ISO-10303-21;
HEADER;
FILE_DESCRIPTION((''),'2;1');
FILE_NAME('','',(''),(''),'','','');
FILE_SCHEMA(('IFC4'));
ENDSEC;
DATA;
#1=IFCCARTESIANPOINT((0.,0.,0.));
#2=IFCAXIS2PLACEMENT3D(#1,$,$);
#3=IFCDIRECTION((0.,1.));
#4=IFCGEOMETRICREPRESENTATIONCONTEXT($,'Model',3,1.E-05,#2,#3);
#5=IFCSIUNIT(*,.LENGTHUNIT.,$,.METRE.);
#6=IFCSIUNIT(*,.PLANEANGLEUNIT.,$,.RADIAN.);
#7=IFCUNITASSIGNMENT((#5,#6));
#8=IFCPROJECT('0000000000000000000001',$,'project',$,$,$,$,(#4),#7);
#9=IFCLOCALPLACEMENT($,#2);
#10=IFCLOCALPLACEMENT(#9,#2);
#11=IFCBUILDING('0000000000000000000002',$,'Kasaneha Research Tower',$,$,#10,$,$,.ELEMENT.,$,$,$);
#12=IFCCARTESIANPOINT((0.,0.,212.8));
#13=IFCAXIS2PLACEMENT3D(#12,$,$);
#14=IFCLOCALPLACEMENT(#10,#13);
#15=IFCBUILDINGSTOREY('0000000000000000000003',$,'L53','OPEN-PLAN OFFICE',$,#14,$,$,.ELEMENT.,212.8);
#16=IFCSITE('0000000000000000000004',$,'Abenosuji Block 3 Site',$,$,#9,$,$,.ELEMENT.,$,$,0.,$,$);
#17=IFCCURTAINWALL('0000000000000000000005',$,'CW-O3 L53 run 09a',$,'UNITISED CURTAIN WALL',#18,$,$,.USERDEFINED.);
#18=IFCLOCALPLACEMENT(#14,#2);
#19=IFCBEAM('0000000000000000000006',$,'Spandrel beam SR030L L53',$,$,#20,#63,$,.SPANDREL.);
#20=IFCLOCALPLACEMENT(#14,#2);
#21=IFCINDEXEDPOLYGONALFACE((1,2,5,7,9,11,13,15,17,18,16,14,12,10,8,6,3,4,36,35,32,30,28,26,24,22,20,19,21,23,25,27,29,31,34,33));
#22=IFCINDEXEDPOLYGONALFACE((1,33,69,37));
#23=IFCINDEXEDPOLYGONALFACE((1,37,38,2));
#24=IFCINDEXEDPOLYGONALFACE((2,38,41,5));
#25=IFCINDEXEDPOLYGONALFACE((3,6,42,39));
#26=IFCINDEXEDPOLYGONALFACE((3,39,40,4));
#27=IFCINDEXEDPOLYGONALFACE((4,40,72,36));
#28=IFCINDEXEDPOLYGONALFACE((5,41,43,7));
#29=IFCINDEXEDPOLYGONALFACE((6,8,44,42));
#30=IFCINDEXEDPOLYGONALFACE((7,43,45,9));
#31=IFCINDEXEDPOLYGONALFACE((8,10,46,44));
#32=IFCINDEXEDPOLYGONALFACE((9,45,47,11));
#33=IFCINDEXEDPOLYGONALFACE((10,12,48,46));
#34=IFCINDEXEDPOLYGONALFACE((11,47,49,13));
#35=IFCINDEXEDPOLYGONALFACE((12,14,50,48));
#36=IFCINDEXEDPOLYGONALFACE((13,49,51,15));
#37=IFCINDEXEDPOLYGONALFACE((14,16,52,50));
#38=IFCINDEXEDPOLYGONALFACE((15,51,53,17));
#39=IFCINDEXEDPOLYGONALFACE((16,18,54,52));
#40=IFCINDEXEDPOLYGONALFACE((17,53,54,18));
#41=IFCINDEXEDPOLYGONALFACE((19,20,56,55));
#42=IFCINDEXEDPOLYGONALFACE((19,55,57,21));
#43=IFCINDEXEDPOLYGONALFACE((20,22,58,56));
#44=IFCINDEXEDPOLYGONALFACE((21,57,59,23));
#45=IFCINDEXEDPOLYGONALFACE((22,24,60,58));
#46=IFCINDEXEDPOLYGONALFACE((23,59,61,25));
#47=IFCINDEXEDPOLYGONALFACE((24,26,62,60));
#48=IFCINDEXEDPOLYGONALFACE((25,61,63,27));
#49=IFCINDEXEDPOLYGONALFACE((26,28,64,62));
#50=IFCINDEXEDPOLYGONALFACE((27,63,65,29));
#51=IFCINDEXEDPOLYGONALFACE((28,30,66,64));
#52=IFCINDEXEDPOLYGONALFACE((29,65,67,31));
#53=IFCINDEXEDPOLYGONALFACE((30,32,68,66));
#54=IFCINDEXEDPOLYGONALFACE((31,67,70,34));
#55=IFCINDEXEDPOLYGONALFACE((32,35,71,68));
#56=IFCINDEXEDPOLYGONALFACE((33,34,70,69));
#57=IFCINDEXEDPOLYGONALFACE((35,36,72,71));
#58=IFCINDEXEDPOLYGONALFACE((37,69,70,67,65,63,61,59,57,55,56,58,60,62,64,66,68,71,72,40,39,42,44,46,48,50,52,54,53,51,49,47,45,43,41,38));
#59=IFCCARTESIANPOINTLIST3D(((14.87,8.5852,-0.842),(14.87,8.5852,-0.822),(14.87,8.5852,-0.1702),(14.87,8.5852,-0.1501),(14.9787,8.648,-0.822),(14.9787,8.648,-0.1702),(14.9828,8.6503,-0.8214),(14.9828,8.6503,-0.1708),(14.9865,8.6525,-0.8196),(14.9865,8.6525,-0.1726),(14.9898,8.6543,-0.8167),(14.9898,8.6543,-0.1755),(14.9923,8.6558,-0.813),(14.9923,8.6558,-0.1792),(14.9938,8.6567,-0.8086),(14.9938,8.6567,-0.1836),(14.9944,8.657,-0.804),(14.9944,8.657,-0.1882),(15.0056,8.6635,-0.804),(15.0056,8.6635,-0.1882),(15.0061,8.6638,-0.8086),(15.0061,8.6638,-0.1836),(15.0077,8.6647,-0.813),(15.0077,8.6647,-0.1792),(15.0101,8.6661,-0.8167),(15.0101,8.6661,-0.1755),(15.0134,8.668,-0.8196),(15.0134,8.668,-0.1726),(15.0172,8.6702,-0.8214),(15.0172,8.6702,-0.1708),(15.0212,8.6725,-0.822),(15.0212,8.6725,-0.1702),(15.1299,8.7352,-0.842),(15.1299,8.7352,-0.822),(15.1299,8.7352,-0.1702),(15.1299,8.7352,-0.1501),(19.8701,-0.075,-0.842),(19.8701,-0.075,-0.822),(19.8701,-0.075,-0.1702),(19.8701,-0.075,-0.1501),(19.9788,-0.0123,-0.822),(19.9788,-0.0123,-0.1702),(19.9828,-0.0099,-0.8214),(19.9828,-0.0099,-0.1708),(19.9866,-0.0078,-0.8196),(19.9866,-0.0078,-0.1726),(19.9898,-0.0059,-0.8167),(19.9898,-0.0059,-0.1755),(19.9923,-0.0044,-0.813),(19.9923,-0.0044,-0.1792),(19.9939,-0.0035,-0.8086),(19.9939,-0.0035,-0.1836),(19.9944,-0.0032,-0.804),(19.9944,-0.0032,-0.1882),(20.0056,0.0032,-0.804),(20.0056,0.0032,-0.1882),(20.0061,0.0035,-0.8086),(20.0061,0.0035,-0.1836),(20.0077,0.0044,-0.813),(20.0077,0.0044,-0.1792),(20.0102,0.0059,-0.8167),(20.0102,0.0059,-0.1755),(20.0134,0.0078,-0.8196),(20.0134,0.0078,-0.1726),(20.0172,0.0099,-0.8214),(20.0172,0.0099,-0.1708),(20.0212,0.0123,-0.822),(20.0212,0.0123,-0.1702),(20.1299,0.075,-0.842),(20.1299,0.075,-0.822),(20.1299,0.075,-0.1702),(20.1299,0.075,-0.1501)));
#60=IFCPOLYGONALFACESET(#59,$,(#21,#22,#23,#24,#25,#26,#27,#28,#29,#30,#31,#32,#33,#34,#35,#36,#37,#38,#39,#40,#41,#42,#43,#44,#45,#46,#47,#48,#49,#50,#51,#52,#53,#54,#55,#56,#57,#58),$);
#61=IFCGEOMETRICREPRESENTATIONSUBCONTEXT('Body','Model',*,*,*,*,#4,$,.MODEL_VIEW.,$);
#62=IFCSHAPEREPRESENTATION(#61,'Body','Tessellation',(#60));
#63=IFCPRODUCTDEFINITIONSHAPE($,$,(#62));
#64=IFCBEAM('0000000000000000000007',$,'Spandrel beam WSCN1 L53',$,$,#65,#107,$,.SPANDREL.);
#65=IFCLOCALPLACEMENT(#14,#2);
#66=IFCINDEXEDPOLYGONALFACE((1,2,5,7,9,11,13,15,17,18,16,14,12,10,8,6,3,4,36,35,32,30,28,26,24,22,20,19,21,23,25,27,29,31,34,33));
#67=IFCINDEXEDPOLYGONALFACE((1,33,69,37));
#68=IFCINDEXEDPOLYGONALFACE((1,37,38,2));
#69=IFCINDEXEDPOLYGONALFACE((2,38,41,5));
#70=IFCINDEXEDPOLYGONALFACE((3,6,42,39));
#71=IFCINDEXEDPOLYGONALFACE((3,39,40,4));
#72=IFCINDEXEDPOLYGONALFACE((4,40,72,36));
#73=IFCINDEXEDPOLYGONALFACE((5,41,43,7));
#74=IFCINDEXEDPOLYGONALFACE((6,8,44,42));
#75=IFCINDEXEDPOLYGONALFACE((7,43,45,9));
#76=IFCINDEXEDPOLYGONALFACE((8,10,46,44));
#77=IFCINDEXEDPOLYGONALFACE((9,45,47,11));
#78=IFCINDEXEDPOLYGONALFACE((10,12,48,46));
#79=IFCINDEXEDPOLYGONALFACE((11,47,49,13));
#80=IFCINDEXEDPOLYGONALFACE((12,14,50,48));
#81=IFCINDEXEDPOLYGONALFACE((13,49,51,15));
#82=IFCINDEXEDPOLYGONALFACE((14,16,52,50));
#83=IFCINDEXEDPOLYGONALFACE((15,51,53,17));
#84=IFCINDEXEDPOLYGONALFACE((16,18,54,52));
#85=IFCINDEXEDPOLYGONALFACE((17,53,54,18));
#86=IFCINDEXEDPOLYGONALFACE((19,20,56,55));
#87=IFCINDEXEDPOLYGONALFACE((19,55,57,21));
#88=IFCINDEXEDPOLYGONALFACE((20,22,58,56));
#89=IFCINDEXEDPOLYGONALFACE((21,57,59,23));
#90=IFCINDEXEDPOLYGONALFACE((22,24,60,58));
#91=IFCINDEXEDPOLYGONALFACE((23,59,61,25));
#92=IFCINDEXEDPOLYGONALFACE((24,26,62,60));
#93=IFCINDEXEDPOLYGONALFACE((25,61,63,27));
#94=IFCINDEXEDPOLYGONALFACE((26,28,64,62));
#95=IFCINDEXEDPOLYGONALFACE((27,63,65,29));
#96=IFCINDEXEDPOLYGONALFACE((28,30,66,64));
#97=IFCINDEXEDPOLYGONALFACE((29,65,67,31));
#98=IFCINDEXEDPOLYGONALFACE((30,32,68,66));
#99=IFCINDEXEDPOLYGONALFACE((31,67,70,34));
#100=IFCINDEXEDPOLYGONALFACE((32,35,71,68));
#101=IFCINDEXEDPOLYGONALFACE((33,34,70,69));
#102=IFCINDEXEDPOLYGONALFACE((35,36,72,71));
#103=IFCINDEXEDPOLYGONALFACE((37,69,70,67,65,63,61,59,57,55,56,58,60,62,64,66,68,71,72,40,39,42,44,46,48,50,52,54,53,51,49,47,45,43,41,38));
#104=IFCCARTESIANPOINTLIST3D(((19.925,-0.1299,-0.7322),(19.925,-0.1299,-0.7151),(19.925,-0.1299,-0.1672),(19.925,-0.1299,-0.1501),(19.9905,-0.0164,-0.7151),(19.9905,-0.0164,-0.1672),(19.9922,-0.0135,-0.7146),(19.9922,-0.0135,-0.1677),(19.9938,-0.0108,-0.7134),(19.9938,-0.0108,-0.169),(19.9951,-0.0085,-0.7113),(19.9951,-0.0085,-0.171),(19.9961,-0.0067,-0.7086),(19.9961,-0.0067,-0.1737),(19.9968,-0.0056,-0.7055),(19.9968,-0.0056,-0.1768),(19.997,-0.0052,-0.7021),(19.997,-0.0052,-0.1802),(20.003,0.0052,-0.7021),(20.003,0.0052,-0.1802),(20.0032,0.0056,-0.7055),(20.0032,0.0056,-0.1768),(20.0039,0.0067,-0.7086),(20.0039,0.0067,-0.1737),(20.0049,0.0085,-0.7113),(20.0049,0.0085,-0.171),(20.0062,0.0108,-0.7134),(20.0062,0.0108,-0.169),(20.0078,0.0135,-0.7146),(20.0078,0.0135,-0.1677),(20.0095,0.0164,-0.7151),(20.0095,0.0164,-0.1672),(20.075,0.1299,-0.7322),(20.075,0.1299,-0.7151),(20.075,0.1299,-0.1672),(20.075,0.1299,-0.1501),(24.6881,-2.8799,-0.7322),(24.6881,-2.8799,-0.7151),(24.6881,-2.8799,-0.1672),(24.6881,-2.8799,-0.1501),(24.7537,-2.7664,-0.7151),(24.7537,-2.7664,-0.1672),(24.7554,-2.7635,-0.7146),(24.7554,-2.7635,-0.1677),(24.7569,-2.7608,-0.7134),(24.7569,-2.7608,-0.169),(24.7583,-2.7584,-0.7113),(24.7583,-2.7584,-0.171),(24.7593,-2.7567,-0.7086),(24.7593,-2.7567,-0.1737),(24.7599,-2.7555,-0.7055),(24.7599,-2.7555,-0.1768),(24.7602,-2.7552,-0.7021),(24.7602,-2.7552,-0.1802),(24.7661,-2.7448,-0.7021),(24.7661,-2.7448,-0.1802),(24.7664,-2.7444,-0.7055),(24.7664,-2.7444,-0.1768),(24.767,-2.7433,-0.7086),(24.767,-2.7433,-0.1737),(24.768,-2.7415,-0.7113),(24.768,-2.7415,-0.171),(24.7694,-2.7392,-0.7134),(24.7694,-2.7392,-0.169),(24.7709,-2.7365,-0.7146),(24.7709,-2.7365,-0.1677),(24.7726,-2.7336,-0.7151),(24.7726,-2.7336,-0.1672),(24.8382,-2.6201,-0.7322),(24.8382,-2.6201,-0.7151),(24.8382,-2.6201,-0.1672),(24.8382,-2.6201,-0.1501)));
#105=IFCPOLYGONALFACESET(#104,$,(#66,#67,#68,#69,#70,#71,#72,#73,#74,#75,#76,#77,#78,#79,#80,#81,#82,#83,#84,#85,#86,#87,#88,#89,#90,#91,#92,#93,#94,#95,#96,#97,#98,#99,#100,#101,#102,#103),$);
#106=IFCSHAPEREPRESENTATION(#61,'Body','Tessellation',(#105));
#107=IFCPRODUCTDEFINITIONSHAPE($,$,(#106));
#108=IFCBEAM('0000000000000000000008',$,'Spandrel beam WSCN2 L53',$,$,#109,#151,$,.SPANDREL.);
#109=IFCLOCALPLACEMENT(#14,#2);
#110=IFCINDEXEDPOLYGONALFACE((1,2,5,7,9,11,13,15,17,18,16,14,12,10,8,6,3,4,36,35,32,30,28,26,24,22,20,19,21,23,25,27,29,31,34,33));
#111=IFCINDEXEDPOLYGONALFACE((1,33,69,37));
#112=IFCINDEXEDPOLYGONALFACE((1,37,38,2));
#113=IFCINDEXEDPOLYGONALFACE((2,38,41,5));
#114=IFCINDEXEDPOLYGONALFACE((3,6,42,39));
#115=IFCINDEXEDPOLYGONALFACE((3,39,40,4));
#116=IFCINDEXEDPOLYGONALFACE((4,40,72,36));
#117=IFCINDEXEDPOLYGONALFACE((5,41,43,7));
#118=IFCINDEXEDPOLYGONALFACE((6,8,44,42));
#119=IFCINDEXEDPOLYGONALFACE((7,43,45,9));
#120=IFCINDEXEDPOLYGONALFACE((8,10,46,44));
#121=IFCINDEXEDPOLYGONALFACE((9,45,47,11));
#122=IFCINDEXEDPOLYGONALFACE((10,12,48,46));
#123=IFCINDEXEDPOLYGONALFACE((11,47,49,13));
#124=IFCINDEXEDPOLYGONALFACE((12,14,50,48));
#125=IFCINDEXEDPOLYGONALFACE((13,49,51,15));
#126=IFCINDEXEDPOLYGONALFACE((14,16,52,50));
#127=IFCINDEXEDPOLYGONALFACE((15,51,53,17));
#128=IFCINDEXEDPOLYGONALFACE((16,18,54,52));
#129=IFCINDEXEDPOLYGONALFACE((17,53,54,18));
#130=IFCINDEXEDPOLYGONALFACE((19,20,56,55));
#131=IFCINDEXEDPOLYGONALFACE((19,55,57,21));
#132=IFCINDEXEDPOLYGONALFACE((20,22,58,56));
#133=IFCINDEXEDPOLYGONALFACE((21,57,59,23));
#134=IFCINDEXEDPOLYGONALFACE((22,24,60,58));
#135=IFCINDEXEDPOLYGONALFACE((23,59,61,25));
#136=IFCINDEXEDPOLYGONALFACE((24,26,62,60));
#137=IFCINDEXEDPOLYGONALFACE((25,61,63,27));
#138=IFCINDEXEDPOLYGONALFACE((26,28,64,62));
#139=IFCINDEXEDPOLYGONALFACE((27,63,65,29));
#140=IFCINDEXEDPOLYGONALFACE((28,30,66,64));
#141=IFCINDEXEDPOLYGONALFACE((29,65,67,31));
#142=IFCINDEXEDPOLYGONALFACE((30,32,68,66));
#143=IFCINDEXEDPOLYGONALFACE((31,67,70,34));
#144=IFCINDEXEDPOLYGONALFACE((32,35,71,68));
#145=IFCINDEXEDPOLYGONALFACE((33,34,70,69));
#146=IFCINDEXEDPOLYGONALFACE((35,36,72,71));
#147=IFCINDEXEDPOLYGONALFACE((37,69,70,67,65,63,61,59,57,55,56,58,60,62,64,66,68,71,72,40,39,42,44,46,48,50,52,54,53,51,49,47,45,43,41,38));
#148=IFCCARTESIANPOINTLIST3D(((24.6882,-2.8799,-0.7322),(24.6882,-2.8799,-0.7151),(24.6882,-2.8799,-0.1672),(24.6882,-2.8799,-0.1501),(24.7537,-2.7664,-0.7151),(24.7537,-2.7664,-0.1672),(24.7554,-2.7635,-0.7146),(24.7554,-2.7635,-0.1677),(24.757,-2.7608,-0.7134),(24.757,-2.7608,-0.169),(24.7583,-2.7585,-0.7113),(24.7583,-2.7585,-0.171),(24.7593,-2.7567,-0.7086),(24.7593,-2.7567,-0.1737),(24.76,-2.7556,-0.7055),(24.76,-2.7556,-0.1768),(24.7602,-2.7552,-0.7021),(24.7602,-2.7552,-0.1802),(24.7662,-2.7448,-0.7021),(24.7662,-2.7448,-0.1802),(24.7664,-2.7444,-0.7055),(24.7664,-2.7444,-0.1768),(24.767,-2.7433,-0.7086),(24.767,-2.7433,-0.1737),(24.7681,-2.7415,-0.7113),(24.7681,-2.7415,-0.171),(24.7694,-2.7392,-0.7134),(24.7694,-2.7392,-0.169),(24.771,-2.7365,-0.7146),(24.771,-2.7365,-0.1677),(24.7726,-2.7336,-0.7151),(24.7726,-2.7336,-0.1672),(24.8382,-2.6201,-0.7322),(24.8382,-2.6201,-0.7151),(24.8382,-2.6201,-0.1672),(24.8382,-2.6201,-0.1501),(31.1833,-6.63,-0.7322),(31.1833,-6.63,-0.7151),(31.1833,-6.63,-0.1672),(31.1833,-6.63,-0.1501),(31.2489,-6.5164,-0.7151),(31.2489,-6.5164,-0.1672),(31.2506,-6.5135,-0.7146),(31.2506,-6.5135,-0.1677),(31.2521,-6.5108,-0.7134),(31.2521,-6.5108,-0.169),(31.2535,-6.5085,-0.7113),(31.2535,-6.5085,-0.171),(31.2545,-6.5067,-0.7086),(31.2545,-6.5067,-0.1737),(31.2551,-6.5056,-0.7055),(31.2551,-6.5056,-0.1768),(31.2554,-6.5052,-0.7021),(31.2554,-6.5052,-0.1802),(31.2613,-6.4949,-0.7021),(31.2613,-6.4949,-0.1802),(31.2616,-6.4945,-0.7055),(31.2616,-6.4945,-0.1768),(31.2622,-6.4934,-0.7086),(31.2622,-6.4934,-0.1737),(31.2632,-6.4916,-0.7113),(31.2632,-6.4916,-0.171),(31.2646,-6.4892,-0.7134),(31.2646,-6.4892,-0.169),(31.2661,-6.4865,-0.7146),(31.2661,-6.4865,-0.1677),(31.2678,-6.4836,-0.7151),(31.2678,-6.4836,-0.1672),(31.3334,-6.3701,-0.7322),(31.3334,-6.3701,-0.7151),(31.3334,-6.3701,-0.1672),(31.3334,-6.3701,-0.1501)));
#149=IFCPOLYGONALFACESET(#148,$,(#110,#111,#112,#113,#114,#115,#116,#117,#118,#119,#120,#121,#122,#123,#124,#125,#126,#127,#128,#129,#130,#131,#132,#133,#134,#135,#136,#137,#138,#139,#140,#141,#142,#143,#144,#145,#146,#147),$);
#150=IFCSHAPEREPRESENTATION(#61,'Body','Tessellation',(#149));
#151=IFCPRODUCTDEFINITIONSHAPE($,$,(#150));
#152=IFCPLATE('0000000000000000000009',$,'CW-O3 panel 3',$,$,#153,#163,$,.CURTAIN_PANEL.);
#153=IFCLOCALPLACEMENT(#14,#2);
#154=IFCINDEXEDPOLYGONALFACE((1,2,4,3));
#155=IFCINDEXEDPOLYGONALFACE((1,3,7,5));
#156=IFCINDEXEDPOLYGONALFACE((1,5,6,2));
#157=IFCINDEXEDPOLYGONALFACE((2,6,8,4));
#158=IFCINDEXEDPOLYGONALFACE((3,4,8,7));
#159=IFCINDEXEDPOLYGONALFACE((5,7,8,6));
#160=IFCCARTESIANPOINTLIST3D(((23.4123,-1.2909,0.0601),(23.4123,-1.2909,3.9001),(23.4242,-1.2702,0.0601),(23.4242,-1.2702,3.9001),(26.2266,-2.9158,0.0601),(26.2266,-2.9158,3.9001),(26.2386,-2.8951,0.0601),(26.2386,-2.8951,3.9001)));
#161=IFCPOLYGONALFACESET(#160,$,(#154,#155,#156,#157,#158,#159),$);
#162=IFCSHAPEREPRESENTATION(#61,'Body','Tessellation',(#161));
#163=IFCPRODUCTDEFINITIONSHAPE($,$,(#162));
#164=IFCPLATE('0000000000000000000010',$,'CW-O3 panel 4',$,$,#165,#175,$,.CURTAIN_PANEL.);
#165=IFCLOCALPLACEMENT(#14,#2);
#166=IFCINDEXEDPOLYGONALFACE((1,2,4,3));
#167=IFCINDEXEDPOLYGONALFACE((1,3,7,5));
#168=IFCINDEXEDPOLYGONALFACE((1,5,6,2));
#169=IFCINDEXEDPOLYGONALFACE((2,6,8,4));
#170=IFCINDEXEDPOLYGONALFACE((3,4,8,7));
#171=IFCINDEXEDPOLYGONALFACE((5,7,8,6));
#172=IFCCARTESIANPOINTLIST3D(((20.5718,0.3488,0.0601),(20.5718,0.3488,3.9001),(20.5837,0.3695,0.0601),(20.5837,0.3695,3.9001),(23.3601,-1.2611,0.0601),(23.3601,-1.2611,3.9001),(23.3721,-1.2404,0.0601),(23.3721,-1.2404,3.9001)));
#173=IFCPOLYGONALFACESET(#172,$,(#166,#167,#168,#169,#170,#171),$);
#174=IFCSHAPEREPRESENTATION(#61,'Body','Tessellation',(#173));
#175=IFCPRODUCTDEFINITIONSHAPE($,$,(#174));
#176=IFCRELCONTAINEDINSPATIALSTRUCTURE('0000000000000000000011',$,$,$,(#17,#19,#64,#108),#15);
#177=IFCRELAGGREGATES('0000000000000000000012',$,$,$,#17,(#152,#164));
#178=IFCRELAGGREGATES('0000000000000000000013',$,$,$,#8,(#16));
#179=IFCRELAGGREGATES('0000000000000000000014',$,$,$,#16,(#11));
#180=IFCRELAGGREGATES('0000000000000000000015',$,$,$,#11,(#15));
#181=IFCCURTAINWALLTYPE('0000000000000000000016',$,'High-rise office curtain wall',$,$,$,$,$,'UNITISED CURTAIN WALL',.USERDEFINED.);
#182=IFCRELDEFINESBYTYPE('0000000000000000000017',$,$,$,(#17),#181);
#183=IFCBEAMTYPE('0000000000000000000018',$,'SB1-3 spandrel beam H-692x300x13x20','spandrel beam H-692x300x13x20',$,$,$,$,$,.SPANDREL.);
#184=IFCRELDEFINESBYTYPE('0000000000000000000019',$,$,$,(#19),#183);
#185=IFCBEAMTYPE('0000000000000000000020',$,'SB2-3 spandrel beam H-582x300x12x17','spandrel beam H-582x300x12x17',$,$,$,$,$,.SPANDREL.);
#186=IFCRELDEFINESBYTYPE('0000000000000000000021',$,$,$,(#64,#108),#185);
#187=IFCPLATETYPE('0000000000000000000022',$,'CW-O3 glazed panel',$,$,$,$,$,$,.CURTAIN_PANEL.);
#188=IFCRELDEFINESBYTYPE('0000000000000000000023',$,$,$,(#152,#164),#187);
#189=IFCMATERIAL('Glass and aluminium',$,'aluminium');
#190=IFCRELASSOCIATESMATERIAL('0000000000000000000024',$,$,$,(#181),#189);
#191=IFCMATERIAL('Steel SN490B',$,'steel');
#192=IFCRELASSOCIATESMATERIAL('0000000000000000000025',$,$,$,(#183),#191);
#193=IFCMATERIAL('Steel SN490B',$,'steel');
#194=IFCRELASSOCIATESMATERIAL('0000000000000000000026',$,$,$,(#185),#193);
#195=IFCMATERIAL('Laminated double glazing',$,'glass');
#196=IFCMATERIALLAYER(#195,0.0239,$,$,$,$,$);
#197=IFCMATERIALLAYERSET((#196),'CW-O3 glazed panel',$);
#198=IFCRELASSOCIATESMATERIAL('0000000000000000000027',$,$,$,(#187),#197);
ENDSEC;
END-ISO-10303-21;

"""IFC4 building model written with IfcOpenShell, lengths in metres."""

from ifc_helpers import new_model, si_unit, direction, frame, origin, origin_2d, place, context, subcontext, project, spatial, rectangle, i_section, extrude, material, layer, layer_set, material_profile, profile_set, type_object, element, aggregate, save


model = new_model("IFC4")

# Units and contexts
model_context = context("Model", 3, precision=1e-05, world=origin(), true_north=direction((0.0, 1.0)))
body_context = subcontext(model_context, "Body", "Model", "MODEL_VIEW")
ifc_project = project(units=[si_unit("LENGTHUNIT", "METRE"), si_unit("PLANEANGLEUNIT", "RADIAN")], contexts=[model_context])

# Site, building, storey
site_placement = place(None, origin())
site = spatial("IfcSite", under=ifc_project, at=site_placement, Name="Abenosuji Block 3 Site", CompositionType="ELEMENT", RefElevation=0.0)
building_placement = place(site_placement, origin())
building = spatial("IfcBuilding", under=site, at=building_placement, Name="Kasaneha Research Tower", CompositionType="ELEMENT")
storey_placement = place(building_placement, frame((0.0, 0.0, 212.8)))
storey = spatial("IfcBuildingStorey", under=building, at=storey_placement, Name="L53", Description="OPEN-PLAN OFFICE", CompositionType="ELEMENT", Elevation=212.8)

# Curtain wall
ifc_material_1 = material(Name="Glass and aluminium", Category="aluminium")
curtain_wall_type = type_object("IfcCurtainWallType", Name="High-rise office curtain wall", ElementType="UNITISED CURTAIN WALL", PredefinedType="USERDEFINED", material=ifc_material_1)
curtain_wall_placement = place(storey_placement, origin())
curtain_wall = element("IfcCurtainWall", 1, at=curtain_wall_placement, inside=storey, type_object=curtain_wall_type, Name="CW-O3 L53 run 09a", ObjectType="UNITISED CURTAIN WALL", PredefinedType="USERDEFINED")

# Beams
ifc_material_2 = material(Name="Steel SN490B", Category="steel")
ifc_material_profile_1 = material_profile(ifc_material_2, i_section(OverallWidth=0.3, OverallDepth=0.6919, WebThickness=0.0129, FlangeThickness=0.02, FilletRadius=0.0181, at=origin_2d()), Name="H-692x300x13x20")
ifc_profile_set_1 = profile_set([ifc_material_profile_1], Name="Steel SN490B")
beam_type_1 = type_object("IfcBeamType", Name="SB1-3 spandrel beam H-692x300x13x20", Description="spandrel beam H-692x300x13x20", PredefinedType="SPANDREL", material=ifc_profile_set_1)
beam_1_placement = place(storey_placement, frame((20.0, 0.0, -0.4961), z_axis=(-0.500004, 0.866023, 0.0), x_axis=(-0.866023, -0.500004, 0.0)))
element("IfcBeam", 2, at=beam_1_placement, inside=storey, type_object=beam_type_1, Name="Spandrel beam SR030L L53", PredefinedType="SPANDREL", context=body_context, shape_type="SweptSolid", body=[
    extrude(i_section(OverallWidth=0.3, OverallDepth=0.6919, WebThickness=0.0129, FlangeThickness=0.02, FilletRadius=0.0181, at=origin_2d()), origin(), (0.0, 0.0, 1.0), 10.0),
])
ifc_material_3 = material(Name="Steel SN490B", Category="steel")
ifc_material_profile_2 = material_profile(ifc_material_3, i_section(OverallWidth=0.3, OverallDepth=0.582, WebThickness=0.012, FlangeThickness=0.0171, FilletRadius=0.0129, at=origin_2d()), Name="H-582x300x12x17")
ifc_profile_set_2 = profile_set([ifc_material_profile_2], Name="Steel SN490B")
beam_type_2 = type_object("IfcBeamType", Name="SB2-3 spandrel beam H-582x300x12x17", Description="spandrel beam H-582x300x12x17", PredefinedType="SPANDREL", material=ifc_profile_set_2)
beam_2_placement = place(storey_placement, frame((20.0, 0.0, -0.4412), z_axis=(0.866027, -0.499997, 0.0), x_axis=(0.499997, 0.866027, 0.0)))
element("IfcBeam", 3, at=beam_2_placement, inside=storey, type_object=beam_type_2, Name="Spandrel beam WSCN1 L53", PredefinedType="SPANDREL", context=body_context, shape_type="SweptSolid", body=[
    extrude(i_section(OverallWidth=0.3, OverallDepth=0.582, WebThickness=0.012, FlangeThickness=0.0171, FilletRadius=0.0129, at=origin_2d()), origin(), (0.0, 0.0, 1.0), 5.5),
])
beam_3_placement = place(storey_placement, frame((24.7632, -2.75, -0.4412), z_axis=(0.866023, -0.500004, 0.0), x_axis=(0.500004, 0.866023, 0.0)))
element("IfcBeam", 4, at=beam_3_placement, inside=storey, type_object=beam_type_2, Name="Spandrel beam WSCN2 L53", PredefinedType="SPANDREL", context=body_context, shape_type="SweptSolid", body=[
    extrude(i_section(OverallWidth=0.3, OverallDepth=0.582, WebThickness=0.012, FlangeThickness=0.0171, FilletRadius=0.0129, at=origin_2d()), origin(), (0.0, 0.0, 1.0), 7.5),
])

# Plates
ifc_material_4 = material(Name="Laminated double glazing", Category="glass")
ifc_layer_1 = layer(ifc_material_4, 0.0239)
ifc_layer_set_1 = layer_set([ifc_layer_1], Name="CW-O3 glazed panel")
plate_type = type_object("IfcPlateType", Name="CW-O3 glazed panel", PredefinedType="CURTAIN_PANEL", material=ifc_layer_set_1)
plate_1_placement = place(storey_placement, frame((24.8254, -2.093, 0.0601), z_axis=(0.0, 0.0, 1.0), x_axis=(-0.866025, 0.5, 0.0)))
plate_1 = element("IfcPlate", 5, at=plate_1_placement, type_object=plate_type, Name="CW-O3 panel 3", PredefinedType="CURTAIN_PANEL", context=body_context, shape_type="SweptSolid", body=[
    extrude(rectangle(XDim=3.2498, YDim=0.0239, at=origin_2d()), origin(), (0.0, 0.0, 1.0), 3.8401),
])
plate_2_placement = place(storey_placement, frame((21.9719, -0.4458, 0.0601), z_axis=(0.0, 0.0, 1.0), x_axis=(-0.866025, 0.5, 0.0)))
plate_2 = element("IfcPlate", 6, at=plate_2_placement, type_object=plate_type, Name="CW-O3 panel 4", PredefinedType="CURTAIN_PANEL", context=body_context, shape_type="SweptSolid", body=[
    extrude(rectangle(XDim=3.2197, YDim=0.0239, at=origin_2d()), origin(), (0.0, 0.0, 1.0), 3.8401),
])
aggregate(curtain_wall, [plate_1, plate_2])

save(model, "model.ifc")
